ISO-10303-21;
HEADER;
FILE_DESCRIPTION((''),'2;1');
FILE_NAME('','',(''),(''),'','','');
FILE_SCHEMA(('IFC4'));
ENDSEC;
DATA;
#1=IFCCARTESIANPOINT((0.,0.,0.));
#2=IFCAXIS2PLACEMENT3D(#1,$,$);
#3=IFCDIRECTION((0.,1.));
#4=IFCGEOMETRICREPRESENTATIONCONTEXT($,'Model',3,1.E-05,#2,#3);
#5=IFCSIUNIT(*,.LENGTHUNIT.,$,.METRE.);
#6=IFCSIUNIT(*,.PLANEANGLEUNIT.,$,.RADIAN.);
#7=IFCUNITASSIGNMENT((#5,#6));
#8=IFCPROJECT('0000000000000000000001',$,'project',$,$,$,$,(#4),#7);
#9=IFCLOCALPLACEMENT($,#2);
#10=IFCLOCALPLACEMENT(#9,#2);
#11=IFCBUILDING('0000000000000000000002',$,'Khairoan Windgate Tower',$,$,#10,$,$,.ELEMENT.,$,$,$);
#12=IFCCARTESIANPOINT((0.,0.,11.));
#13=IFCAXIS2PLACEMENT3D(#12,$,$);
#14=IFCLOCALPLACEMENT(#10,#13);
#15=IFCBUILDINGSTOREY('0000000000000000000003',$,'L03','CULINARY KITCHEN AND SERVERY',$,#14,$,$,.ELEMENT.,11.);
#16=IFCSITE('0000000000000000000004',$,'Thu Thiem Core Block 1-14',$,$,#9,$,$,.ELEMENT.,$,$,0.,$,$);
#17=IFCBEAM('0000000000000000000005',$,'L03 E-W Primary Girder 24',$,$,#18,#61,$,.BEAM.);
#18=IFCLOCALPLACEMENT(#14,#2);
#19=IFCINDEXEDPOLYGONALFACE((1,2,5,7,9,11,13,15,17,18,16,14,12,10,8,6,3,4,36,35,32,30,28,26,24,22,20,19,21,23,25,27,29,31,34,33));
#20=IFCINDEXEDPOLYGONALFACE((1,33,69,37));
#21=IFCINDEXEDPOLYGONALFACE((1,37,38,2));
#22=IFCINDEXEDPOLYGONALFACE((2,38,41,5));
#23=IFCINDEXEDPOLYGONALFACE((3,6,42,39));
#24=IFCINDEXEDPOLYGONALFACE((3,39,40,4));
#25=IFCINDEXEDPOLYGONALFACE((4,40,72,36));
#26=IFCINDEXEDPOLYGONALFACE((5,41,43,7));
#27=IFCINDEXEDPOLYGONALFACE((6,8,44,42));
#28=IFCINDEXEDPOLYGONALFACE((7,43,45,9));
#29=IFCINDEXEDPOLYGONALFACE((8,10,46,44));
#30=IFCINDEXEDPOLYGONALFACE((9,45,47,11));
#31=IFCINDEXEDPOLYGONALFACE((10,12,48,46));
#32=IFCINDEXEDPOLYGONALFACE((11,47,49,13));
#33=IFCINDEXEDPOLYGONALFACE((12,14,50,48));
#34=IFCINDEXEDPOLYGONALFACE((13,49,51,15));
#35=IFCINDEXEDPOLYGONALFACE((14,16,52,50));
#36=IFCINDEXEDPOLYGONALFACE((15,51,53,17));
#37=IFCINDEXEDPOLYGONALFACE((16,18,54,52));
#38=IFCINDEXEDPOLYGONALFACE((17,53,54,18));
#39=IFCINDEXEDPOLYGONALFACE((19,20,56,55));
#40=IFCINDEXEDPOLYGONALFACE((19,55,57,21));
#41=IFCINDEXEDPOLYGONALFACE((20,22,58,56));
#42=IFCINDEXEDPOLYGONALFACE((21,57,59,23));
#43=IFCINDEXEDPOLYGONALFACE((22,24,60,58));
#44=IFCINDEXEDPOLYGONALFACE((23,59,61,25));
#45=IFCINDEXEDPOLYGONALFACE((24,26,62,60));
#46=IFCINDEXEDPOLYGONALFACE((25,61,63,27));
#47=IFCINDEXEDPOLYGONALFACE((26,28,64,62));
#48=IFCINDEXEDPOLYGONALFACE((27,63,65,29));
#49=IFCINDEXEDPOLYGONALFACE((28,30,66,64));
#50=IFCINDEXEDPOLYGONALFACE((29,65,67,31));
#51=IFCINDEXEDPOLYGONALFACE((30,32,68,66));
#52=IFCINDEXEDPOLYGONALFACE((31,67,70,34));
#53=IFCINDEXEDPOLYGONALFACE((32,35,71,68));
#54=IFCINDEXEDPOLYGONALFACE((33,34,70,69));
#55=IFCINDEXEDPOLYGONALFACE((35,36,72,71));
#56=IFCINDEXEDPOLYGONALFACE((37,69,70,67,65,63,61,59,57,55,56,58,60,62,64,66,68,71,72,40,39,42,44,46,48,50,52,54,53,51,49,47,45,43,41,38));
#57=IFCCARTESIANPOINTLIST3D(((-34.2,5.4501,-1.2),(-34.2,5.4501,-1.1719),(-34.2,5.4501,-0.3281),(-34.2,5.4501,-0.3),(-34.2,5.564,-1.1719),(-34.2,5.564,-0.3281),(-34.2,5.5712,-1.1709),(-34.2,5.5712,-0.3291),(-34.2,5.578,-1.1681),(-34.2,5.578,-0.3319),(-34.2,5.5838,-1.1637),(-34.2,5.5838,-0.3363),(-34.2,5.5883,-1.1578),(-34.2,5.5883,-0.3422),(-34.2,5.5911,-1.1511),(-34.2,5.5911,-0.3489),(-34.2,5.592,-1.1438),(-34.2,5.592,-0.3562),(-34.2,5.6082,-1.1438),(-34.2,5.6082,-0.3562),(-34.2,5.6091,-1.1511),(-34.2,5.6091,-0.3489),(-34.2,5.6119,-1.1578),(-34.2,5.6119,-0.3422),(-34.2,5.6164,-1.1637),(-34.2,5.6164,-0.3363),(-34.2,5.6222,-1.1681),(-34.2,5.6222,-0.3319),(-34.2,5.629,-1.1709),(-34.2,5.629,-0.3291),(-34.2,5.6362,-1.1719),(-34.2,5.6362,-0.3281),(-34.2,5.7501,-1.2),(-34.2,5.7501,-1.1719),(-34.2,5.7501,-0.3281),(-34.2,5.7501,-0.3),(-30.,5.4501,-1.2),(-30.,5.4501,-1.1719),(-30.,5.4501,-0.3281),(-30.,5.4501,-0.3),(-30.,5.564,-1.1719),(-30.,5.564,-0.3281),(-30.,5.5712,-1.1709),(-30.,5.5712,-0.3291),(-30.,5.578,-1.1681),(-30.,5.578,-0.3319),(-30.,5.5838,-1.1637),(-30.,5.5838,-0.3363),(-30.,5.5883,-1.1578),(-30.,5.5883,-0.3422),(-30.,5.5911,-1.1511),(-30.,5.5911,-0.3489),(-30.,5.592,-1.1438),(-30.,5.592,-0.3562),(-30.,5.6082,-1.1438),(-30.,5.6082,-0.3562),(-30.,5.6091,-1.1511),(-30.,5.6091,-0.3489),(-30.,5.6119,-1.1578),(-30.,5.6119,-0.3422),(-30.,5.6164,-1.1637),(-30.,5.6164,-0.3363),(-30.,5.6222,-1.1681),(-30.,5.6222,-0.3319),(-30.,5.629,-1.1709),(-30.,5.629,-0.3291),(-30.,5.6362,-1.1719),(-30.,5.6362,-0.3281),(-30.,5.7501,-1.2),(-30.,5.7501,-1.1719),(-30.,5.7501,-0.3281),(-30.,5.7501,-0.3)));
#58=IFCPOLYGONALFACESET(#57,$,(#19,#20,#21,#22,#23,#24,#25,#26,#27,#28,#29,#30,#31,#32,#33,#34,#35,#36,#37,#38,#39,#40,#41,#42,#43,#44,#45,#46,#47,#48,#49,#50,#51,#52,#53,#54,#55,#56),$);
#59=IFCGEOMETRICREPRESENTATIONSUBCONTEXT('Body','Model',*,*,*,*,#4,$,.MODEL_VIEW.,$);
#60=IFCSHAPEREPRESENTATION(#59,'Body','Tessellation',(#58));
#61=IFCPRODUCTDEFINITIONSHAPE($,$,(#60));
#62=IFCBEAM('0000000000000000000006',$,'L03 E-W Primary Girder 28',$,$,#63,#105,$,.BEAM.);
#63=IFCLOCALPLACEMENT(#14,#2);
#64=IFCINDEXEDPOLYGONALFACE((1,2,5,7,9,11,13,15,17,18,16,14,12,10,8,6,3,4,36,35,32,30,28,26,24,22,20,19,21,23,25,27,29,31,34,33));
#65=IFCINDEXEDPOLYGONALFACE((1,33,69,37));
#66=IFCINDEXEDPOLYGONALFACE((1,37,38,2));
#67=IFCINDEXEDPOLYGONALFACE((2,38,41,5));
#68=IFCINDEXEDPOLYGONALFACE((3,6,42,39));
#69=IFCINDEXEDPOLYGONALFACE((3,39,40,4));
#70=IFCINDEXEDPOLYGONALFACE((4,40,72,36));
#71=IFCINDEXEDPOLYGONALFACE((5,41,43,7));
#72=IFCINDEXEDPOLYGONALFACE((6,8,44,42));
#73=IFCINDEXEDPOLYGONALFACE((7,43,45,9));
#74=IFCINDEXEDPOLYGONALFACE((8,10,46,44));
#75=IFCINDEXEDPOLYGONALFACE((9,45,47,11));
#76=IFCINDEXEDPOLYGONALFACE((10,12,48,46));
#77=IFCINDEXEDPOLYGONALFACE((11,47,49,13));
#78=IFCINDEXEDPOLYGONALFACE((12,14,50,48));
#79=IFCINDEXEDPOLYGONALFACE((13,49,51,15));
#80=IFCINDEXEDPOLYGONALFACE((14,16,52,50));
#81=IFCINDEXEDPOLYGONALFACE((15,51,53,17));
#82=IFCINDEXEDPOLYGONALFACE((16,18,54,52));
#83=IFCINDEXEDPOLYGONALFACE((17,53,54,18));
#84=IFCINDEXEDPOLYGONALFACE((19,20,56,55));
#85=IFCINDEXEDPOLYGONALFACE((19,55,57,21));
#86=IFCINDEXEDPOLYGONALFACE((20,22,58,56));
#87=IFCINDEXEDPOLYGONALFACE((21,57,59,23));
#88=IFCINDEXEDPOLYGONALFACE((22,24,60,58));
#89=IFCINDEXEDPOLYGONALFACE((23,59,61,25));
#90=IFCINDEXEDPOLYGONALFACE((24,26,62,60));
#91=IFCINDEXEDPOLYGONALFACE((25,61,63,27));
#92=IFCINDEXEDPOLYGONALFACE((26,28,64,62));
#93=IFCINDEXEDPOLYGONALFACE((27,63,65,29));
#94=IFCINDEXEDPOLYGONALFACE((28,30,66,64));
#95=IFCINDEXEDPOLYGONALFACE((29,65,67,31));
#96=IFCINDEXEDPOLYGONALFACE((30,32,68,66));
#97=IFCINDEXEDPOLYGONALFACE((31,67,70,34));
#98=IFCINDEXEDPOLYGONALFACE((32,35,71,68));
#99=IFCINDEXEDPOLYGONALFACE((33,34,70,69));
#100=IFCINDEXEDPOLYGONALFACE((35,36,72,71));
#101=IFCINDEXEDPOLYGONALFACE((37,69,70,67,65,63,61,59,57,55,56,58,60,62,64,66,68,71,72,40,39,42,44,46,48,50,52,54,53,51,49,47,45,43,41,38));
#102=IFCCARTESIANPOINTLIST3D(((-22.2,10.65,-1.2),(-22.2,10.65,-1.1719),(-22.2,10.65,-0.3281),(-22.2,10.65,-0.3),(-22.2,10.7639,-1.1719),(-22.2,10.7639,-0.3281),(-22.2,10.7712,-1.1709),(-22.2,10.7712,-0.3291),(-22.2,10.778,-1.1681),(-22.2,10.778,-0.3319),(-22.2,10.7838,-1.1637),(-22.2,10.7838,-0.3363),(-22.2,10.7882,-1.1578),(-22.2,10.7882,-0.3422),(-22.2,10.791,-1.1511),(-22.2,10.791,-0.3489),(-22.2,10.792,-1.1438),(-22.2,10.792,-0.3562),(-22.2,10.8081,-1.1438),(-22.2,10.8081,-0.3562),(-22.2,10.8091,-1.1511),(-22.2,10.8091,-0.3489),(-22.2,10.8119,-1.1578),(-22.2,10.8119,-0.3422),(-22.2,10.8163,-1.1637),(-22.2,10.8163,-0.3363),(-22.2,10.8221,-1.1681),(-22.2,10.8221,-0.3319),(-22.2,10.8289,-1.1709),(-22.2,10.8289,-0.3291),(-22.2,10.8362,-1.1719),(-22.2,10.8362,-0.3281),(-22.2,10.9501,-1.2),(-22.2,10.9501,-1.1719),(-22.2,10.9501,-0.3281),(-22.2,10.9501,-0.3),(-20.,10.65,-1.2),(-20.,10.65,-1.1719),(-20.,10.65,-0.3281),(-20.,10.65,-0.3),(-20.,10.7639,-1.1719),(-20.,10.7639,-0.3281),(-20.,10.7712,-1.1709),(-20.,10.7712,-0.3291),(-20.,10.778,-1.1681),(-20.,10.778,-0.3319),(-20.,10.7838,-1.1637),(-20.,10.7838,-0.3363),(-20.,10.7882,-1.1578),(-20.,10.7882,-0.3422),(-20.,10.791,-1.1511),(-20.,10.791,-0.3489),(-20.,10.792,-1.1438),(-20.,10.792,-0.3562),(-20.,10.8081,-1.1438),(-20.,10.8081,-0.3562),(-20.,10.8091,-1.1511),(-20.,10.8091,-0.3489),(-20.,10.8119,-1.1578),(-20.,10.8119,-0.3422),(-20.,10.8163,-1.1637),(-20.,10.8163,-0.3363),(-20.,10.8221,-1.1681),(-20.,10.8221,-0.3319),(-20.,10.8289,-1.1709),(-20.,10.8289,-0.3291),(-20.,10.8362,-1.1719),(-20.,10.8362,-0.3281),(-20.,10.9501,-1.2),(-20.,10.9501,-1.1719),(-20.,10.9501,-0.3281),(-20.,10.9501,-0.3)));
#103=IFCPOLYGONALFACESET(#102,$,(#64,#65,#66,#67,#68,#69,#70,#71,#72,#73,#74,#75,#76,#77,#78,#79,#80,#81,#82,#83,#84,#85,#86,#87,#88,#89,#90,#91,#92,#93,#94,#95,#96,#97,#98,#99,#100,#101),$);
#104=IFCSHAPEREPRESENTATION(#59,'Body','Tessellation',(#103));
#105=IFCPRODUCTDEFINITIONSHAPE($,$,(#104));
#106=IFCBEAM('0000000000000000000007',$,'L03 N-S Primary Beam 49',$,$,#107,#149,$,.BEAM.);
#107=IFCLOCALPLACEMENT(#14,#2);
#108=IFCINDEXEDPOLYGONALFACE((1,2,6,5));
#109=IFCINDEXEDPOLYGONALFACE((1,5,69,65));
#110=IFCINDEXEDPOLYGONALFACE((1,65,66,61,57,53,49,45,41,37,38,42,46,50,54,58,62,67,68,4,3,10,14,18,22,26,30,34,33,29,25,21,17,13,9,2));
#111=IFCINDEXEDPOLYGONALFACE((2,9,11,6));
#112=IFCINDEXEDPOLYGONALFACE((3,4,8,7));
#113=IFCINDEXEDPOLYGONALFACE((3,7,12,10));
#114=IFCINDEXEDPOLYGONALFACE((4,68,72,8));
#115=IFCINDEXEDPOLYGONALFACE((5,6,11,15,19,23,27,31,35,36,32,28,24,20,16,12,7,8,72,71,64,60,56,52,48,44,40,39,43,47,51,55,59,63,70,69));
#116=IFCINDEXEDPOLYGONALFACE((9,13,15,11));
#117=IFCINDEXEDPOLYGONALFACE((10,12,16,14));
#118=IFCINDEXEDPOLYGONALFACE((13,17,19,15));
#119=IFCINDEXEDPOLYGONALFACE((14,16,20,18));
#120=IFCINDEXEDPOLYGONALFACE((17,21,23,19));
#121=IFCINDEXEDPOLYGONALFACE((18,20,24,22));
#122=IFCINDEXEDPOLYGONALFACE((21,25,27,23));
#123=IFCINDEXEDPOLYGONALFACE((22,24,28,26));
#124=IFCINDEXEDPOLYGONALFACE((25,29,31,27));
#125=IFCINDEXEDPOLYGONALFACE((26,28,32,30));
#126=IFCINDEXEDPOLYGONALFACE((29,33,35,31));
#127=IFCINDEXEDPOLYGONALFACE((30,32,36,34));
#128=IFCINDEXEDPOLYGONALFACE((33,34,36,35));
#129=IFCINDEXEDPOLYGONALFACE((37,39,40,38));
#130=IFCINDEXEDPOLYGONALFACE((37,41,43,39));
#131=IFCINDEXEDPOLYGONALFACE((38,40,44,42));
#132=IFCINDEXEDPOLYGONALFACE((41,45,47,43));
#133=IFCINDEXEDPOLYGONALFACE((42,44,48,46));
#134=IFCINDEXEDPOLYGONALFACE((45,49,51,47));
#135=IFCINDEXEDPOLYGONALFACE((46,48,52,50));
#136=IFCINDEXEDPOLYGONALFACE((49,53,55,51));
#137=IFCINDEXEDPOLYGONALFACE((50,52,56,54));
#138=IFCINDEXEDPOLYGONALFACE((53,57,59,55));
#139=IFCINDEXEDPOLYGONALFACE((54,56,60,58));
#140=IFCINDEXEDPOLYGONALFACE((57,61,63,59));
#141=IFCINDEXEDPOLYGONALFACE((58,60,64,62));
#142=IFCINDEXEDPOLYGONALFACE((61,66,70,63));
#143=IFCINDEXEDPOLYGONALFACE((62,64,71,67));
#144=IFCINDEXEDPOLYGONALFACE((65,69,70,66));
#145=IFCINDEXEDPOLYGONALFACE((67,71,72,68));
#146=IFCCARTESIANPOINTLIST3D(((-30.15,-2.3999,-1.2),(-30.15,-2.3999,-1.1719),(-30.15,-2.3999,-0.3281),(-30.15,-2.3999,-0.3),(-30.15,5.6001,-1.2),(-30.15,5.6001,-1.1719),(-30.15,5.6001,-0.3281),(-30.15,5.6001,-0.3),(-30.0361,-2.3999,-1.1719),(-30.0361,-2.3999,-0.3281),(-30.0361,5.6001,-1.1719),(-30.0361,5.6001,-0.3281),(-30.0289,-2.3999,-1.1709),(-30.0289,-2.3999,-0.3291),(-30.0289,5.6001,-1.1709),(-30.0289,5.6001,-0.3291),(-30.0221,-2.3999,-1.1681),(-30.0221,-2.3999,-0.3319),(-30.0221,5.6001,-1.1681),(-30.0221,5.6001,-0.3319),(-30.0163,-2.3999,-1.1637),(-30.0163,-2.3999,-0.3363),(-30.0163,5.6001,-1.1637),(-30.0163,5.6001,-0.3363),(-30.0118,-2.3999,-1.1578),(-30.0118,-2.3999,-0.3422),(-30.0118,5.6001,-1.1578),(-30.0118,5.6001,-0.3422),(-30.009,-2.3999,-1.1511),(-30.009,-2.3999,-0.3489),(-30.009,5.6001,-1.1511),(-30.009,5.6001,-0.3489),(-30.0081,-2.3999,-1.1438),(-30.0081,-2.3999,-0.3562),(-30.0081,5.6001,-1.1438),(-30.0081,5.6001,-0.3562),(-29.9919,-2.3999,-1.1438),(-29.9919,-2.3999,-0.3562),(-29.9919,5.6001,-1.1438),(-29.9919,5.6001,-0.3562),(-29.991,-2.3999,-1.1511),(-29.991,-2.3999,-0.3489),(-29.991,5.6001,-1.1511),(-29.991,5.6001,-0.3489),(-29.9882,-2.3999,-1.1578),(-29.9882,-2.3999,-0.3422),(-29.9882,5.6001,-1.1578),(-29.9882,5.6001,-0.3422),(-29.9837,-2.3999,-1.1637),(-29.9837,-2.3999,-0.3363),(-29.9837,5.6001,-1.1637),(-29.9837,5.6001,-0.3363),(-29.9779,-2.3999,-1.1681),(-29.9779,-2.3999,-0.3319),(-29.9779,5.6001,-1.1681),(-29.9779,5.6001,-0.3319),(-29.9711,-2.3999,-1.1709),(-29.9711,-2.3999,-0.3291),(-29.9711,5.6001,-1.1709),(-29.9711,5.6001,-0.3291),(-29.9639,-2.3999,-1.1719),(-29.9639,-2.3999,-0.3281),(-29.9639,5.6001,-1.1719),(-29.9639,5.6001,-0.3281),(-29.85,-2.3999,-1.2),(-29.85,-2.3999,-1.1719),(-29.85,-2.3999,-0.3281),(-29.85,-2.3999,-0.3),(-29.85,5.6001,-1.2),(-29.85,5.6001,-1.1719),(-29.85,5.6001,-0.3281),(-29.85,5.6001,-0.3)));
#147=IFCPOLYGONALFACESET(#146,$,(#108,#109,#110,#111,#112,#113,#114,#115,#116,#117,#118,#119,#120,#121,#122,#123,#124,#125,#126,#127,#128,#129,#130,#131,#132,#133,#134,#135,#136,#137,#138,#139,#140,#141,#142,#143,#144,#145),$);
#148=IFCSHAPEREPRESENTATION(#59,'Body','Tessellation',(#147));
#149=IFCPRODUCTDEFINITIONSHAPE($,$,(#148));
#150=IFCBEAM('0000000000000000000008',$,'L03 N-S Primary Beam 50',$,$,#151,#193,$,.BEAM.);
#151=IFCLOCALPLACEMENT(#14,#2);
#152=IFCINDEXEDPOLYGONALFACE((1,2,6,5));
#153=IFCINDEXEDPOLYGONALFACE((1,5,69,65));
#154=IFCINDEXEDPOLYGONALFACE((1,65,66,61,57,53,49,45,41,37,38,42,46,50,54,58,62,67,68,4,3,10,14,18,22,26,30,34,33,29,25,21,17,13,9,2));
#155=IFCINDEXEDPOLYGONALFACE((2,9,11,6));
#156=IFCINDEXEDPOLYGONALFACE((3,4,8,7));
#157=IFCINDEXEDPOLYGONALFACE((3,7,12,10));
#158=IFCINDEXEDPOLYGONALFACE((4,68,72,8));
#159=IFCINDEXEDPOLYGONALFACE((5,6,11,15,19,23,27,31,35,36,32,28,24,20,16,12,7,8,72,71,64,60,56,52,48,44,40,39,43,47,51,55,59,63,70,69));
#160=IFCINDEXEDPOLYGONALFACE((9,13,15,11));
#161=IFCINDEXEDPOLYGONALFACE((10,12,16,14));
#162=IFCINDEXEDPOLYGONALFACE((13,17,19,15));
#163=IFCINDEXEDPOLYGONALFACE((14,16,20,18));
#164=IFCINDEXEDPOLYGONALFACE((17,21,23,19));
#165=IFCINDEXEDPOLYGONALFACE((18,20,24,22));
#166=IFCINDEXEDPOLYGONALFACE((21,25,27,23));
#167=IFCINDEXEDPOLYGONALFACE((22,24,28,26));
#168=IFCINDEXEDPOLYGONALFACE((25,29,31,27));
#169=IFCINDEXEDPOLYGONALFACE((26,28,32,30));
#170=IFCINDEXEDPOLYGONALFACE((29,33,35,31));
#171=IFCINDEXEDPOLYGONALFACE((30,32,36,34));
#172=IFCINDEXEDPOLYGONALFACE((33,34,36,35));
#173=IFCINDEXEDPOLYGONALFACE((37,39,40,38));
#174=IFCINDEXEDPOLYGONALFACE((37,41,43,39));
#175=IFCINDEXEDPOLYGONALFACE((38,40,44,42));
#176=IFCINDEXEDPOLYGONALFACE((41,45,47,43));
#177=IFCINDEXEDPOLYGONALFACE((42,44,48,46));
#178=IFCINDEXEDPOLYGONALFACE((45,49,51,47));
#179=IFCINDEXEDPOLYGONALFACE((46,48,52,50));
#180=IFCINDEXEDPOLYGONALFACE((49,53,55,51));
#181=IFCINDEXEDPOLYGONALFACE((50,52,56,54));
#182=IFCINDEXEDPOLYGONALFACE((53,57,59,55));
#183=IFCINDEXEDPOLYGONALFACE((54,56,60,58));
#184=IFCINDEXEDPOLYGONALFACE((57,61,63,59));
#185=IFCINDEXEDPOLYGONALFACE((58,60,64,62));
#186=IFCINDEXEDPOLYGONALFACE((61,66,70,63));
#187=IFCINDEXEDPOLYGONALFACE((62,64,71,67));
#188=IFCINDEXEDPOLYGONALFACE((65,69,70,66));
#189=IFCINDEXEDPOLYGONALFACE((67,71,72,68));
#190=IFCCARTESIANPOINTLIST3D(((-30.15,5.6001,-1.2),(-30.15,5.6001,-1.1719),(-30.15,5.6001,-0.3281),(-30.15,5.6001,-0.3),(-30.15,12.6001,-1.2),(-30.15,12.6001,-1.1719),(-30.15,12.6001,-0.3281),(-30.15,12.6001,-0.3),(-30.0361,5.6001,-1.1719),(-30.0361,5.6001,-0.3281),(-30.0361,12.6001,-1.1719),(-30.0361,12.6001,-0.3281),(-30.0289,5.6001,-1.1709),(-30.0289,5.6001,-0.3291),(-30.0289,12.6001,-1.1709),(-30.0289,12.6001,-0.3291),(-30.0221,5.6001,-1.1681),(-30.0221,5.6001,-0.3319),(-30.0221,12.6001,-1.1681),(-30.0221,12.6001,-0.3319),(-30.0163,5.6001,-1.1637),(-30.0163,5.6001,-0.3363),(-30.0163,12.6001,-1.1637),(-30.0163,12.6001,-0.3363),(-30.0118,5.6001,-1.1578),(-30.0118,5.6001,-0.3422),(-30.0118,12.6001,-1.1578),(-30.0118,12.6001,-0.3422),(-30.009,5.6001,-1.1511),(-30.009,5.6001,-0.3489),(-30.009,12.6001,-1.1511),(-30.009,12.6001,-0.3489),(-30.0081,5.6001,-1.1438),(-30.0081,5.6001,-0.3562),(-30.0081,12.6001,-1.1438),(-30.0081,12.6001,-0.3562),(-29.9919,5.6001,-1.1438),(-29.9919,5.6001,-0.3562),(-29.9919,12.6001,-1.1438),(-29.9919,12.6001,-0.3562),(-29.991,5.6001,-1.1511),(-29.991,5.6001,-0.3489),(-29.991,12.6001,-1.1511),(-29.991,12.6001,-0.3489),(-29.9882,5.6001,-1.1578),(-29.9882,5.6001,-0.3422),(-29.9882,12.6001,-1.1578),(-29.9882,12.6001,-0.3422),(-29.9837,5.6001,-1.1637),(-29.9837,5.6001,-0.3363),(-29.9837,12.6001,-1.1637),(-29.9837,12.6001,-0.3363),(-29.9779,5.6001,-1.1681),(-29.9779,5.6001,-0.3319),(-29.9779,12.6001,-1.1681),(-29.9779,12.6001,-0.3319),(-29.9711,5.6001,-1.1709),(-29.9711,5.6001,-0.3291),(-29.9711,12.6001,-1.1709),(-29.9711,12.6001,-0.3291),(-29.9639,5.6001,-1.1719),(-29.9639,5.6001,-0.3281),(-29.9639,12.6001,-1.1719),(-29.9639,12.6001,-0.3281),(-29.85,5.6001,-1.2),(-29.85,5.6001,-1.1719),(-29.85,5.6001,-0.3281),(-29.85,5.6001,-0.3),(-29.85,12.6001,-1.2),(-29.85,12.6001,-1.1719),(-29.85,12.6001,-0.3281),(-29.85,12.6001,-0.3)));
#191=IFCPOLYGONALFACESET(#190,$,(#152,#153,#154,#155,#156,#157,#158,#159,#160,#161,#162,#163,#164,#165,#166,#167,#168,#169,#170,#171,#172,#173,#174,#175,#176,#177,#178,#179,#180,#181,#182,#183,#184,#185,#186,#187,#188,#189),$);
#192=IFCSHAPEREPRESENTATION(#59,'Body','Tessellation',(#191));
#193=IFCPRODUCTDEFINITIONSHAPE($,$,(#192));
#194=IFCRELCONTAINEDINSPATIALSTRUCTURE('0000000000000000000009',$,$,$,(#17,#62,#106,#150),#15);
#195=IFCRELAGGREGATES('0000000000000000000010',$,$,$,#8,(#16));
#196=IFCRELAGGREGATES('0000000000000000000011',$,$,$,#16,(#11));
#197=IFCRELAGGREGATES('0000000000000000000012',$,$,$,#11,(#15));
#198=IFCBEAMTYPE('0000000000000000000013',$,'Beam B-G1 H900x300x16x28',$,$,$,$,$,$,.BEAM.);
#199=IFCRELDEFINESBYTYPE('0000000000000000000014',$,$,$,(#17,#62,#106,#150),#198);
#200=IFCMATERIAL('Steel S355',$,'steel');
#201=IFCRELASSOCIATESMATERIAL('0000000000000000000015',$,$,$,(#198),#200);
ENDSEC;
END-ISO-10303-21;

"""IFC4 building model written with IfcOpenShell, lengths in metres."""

from ifc_helpers import new_model, si_unit, direction, frame, origin, origin_2d, place, context, subcontext, project, spatial, i_section, extrude, material, material_profile, profile_set, type_object, element, save


model = new_model("IFC4")

# Units and contexts
model_context = context("Model", 3, precision=1e-05, world=origin(), true_north=direction((0.0, 1.0)))
body_context = subcontext(model_context, "Body", "Model", "MODEL_VIEW")
ifc_project = project(units=[si_unit("LENGTHUNIT", "METRE"), si_unit("PLANEANGLEUNIT", "RADIAN")], contexts=[model_context])

# Site, building, storey
site_placement = place(None, origin())
site = spatial("IfcSite", under=ifc_project, at=site_placement, Name="Thu Thiem Core Block 1-14", CompositionType="ELEMENT", RefElevation=0.0)
building_placement = place(site_placement, origin())
building = spatial("IfcBuilding", under=site, at=building_placement, Name="Khairoan Windgate Tower", CompositionType="ELEMENT")
storey_placement = place(building_placement, frame((0.0, 0.0, 11.0)))
storey = spatial("IfcBuildingStorey", under=building, at=storey_placement, Name="L03", Description="CULINARY KITCHEN AND SERVERY", CompositionType="ELEMENT", Elevation=11.0)

# Beams
ifc_material_1 = material(Name="Steel S355", Category="steel")
ifc_material_profile_1 = material_profile(ifc_material_1, i_section(OverallWidth=0.3, OverallDepth=0.8999, WebThickness=0.0161, FlangeThickness=0.0281, FilletRadius=0.0281, at=origin_2d()))
ifc_profile_set_1 = profile_set([ifc_material_profile_1], Name="Steel S355")
beam_type_1 = type_object("IfcBeamType", Name="Beam B-G1 H900x300x16x28", PredefinedType="BEAM", material=ifc_profile_set_1)
beam_1_placement = place(storey_placement, frame((-34.2, 5.6001, -0.75), z_axis=(1.0, 0.0, 0.0), x_axis=(0.0, 1.0, 0.0)))
element("IfcBeam", 1, at=beam_1_placement, inside=storey, type_object=beam_type_1, Name="L03 E-W Primary Girder 24", PredefinedType="BEAM", context=body_context, shape_type="SweptSolid", body=[
    extrude(i_section(OverallWidth=0.3, OverallDepth=0.8999, WebThickness=0.0161, FlangeThickness=0.0281, FilletRadius=0.0281, at=origin_2d()), origin(), (0.0, 0.0, 1.0), 4.2),
])
beam_2_placement = place(storey_placement, frame((-22.2, 10.8, -0.75), z_axis=(1.0, 0.0, 0.0), x_axis=(0.0, 1.0, 0.0)))
element("IfcBeam", 2, at=beam_2_placement, inside=storey, type_object=beam_type_1, Name="L03 E-W Primary Girder 28", PredefinedType="BEAM", context=body_context, shape_type="SweptSolid", body=[
    extrude(i_section(OverallWidth=0.3, OverallDepth=0.8999, WebThickness=0.0161, FlangeThickness=0.0281, FilletRadius=0.0281, at=origin_2d()), origin(), (0.0, 0.0, 1.0), 2.2),
])
beam_3_placement = place(storey_placement, frame((-30.0, -2.3999, -0.75), z_axis=(0.0, 1.0, 0.0), x_axis=(-1.0, 0.0, 0.0)))
element("IfcBeam", 3, at=beam_3_placement, inside=storey, type_object=beam_type_1, Name="L03 N-S Primary Beam 49", PredefinedType="BEAM", context=body_context, shape_type="SweptSolid", body=[
    extrude(i_section(OverallWidth=0.3, OverallDepth=0.8999, WebThickness=0.0161, FlangeThickness=0.0281, FilletRadius=0.0281, at=origin_2d()), origin(), (0.0, 0.0, 1.0), 8.0),
])
beam_4_placement = place(storey_placement, frame((-30.0, 5.6001, -0.75), z_axis=(0.0, 1.0, 0.0), x_axis=(-1.0, 0.0, 0.0)))
element("IfcBeam", 4, at=beam_4_placement, inside=storey, type_object=beam_type_1, Name="L03 N-S Primary Beam 50", PredefinedType="BEAM", context=body_context, shape_type="SweptSolid", body=[
    extrude(i_section(OverallWidth=0.3, OverallDepth=0.8999, WebThickness=0.0161, FlangeThickness=0.0281, FilletRadius=0.0281, at=origin_2d()), origin(), (0.0, 0.0, 1.0), 7.0),
])

save(model, "model.ifc")
